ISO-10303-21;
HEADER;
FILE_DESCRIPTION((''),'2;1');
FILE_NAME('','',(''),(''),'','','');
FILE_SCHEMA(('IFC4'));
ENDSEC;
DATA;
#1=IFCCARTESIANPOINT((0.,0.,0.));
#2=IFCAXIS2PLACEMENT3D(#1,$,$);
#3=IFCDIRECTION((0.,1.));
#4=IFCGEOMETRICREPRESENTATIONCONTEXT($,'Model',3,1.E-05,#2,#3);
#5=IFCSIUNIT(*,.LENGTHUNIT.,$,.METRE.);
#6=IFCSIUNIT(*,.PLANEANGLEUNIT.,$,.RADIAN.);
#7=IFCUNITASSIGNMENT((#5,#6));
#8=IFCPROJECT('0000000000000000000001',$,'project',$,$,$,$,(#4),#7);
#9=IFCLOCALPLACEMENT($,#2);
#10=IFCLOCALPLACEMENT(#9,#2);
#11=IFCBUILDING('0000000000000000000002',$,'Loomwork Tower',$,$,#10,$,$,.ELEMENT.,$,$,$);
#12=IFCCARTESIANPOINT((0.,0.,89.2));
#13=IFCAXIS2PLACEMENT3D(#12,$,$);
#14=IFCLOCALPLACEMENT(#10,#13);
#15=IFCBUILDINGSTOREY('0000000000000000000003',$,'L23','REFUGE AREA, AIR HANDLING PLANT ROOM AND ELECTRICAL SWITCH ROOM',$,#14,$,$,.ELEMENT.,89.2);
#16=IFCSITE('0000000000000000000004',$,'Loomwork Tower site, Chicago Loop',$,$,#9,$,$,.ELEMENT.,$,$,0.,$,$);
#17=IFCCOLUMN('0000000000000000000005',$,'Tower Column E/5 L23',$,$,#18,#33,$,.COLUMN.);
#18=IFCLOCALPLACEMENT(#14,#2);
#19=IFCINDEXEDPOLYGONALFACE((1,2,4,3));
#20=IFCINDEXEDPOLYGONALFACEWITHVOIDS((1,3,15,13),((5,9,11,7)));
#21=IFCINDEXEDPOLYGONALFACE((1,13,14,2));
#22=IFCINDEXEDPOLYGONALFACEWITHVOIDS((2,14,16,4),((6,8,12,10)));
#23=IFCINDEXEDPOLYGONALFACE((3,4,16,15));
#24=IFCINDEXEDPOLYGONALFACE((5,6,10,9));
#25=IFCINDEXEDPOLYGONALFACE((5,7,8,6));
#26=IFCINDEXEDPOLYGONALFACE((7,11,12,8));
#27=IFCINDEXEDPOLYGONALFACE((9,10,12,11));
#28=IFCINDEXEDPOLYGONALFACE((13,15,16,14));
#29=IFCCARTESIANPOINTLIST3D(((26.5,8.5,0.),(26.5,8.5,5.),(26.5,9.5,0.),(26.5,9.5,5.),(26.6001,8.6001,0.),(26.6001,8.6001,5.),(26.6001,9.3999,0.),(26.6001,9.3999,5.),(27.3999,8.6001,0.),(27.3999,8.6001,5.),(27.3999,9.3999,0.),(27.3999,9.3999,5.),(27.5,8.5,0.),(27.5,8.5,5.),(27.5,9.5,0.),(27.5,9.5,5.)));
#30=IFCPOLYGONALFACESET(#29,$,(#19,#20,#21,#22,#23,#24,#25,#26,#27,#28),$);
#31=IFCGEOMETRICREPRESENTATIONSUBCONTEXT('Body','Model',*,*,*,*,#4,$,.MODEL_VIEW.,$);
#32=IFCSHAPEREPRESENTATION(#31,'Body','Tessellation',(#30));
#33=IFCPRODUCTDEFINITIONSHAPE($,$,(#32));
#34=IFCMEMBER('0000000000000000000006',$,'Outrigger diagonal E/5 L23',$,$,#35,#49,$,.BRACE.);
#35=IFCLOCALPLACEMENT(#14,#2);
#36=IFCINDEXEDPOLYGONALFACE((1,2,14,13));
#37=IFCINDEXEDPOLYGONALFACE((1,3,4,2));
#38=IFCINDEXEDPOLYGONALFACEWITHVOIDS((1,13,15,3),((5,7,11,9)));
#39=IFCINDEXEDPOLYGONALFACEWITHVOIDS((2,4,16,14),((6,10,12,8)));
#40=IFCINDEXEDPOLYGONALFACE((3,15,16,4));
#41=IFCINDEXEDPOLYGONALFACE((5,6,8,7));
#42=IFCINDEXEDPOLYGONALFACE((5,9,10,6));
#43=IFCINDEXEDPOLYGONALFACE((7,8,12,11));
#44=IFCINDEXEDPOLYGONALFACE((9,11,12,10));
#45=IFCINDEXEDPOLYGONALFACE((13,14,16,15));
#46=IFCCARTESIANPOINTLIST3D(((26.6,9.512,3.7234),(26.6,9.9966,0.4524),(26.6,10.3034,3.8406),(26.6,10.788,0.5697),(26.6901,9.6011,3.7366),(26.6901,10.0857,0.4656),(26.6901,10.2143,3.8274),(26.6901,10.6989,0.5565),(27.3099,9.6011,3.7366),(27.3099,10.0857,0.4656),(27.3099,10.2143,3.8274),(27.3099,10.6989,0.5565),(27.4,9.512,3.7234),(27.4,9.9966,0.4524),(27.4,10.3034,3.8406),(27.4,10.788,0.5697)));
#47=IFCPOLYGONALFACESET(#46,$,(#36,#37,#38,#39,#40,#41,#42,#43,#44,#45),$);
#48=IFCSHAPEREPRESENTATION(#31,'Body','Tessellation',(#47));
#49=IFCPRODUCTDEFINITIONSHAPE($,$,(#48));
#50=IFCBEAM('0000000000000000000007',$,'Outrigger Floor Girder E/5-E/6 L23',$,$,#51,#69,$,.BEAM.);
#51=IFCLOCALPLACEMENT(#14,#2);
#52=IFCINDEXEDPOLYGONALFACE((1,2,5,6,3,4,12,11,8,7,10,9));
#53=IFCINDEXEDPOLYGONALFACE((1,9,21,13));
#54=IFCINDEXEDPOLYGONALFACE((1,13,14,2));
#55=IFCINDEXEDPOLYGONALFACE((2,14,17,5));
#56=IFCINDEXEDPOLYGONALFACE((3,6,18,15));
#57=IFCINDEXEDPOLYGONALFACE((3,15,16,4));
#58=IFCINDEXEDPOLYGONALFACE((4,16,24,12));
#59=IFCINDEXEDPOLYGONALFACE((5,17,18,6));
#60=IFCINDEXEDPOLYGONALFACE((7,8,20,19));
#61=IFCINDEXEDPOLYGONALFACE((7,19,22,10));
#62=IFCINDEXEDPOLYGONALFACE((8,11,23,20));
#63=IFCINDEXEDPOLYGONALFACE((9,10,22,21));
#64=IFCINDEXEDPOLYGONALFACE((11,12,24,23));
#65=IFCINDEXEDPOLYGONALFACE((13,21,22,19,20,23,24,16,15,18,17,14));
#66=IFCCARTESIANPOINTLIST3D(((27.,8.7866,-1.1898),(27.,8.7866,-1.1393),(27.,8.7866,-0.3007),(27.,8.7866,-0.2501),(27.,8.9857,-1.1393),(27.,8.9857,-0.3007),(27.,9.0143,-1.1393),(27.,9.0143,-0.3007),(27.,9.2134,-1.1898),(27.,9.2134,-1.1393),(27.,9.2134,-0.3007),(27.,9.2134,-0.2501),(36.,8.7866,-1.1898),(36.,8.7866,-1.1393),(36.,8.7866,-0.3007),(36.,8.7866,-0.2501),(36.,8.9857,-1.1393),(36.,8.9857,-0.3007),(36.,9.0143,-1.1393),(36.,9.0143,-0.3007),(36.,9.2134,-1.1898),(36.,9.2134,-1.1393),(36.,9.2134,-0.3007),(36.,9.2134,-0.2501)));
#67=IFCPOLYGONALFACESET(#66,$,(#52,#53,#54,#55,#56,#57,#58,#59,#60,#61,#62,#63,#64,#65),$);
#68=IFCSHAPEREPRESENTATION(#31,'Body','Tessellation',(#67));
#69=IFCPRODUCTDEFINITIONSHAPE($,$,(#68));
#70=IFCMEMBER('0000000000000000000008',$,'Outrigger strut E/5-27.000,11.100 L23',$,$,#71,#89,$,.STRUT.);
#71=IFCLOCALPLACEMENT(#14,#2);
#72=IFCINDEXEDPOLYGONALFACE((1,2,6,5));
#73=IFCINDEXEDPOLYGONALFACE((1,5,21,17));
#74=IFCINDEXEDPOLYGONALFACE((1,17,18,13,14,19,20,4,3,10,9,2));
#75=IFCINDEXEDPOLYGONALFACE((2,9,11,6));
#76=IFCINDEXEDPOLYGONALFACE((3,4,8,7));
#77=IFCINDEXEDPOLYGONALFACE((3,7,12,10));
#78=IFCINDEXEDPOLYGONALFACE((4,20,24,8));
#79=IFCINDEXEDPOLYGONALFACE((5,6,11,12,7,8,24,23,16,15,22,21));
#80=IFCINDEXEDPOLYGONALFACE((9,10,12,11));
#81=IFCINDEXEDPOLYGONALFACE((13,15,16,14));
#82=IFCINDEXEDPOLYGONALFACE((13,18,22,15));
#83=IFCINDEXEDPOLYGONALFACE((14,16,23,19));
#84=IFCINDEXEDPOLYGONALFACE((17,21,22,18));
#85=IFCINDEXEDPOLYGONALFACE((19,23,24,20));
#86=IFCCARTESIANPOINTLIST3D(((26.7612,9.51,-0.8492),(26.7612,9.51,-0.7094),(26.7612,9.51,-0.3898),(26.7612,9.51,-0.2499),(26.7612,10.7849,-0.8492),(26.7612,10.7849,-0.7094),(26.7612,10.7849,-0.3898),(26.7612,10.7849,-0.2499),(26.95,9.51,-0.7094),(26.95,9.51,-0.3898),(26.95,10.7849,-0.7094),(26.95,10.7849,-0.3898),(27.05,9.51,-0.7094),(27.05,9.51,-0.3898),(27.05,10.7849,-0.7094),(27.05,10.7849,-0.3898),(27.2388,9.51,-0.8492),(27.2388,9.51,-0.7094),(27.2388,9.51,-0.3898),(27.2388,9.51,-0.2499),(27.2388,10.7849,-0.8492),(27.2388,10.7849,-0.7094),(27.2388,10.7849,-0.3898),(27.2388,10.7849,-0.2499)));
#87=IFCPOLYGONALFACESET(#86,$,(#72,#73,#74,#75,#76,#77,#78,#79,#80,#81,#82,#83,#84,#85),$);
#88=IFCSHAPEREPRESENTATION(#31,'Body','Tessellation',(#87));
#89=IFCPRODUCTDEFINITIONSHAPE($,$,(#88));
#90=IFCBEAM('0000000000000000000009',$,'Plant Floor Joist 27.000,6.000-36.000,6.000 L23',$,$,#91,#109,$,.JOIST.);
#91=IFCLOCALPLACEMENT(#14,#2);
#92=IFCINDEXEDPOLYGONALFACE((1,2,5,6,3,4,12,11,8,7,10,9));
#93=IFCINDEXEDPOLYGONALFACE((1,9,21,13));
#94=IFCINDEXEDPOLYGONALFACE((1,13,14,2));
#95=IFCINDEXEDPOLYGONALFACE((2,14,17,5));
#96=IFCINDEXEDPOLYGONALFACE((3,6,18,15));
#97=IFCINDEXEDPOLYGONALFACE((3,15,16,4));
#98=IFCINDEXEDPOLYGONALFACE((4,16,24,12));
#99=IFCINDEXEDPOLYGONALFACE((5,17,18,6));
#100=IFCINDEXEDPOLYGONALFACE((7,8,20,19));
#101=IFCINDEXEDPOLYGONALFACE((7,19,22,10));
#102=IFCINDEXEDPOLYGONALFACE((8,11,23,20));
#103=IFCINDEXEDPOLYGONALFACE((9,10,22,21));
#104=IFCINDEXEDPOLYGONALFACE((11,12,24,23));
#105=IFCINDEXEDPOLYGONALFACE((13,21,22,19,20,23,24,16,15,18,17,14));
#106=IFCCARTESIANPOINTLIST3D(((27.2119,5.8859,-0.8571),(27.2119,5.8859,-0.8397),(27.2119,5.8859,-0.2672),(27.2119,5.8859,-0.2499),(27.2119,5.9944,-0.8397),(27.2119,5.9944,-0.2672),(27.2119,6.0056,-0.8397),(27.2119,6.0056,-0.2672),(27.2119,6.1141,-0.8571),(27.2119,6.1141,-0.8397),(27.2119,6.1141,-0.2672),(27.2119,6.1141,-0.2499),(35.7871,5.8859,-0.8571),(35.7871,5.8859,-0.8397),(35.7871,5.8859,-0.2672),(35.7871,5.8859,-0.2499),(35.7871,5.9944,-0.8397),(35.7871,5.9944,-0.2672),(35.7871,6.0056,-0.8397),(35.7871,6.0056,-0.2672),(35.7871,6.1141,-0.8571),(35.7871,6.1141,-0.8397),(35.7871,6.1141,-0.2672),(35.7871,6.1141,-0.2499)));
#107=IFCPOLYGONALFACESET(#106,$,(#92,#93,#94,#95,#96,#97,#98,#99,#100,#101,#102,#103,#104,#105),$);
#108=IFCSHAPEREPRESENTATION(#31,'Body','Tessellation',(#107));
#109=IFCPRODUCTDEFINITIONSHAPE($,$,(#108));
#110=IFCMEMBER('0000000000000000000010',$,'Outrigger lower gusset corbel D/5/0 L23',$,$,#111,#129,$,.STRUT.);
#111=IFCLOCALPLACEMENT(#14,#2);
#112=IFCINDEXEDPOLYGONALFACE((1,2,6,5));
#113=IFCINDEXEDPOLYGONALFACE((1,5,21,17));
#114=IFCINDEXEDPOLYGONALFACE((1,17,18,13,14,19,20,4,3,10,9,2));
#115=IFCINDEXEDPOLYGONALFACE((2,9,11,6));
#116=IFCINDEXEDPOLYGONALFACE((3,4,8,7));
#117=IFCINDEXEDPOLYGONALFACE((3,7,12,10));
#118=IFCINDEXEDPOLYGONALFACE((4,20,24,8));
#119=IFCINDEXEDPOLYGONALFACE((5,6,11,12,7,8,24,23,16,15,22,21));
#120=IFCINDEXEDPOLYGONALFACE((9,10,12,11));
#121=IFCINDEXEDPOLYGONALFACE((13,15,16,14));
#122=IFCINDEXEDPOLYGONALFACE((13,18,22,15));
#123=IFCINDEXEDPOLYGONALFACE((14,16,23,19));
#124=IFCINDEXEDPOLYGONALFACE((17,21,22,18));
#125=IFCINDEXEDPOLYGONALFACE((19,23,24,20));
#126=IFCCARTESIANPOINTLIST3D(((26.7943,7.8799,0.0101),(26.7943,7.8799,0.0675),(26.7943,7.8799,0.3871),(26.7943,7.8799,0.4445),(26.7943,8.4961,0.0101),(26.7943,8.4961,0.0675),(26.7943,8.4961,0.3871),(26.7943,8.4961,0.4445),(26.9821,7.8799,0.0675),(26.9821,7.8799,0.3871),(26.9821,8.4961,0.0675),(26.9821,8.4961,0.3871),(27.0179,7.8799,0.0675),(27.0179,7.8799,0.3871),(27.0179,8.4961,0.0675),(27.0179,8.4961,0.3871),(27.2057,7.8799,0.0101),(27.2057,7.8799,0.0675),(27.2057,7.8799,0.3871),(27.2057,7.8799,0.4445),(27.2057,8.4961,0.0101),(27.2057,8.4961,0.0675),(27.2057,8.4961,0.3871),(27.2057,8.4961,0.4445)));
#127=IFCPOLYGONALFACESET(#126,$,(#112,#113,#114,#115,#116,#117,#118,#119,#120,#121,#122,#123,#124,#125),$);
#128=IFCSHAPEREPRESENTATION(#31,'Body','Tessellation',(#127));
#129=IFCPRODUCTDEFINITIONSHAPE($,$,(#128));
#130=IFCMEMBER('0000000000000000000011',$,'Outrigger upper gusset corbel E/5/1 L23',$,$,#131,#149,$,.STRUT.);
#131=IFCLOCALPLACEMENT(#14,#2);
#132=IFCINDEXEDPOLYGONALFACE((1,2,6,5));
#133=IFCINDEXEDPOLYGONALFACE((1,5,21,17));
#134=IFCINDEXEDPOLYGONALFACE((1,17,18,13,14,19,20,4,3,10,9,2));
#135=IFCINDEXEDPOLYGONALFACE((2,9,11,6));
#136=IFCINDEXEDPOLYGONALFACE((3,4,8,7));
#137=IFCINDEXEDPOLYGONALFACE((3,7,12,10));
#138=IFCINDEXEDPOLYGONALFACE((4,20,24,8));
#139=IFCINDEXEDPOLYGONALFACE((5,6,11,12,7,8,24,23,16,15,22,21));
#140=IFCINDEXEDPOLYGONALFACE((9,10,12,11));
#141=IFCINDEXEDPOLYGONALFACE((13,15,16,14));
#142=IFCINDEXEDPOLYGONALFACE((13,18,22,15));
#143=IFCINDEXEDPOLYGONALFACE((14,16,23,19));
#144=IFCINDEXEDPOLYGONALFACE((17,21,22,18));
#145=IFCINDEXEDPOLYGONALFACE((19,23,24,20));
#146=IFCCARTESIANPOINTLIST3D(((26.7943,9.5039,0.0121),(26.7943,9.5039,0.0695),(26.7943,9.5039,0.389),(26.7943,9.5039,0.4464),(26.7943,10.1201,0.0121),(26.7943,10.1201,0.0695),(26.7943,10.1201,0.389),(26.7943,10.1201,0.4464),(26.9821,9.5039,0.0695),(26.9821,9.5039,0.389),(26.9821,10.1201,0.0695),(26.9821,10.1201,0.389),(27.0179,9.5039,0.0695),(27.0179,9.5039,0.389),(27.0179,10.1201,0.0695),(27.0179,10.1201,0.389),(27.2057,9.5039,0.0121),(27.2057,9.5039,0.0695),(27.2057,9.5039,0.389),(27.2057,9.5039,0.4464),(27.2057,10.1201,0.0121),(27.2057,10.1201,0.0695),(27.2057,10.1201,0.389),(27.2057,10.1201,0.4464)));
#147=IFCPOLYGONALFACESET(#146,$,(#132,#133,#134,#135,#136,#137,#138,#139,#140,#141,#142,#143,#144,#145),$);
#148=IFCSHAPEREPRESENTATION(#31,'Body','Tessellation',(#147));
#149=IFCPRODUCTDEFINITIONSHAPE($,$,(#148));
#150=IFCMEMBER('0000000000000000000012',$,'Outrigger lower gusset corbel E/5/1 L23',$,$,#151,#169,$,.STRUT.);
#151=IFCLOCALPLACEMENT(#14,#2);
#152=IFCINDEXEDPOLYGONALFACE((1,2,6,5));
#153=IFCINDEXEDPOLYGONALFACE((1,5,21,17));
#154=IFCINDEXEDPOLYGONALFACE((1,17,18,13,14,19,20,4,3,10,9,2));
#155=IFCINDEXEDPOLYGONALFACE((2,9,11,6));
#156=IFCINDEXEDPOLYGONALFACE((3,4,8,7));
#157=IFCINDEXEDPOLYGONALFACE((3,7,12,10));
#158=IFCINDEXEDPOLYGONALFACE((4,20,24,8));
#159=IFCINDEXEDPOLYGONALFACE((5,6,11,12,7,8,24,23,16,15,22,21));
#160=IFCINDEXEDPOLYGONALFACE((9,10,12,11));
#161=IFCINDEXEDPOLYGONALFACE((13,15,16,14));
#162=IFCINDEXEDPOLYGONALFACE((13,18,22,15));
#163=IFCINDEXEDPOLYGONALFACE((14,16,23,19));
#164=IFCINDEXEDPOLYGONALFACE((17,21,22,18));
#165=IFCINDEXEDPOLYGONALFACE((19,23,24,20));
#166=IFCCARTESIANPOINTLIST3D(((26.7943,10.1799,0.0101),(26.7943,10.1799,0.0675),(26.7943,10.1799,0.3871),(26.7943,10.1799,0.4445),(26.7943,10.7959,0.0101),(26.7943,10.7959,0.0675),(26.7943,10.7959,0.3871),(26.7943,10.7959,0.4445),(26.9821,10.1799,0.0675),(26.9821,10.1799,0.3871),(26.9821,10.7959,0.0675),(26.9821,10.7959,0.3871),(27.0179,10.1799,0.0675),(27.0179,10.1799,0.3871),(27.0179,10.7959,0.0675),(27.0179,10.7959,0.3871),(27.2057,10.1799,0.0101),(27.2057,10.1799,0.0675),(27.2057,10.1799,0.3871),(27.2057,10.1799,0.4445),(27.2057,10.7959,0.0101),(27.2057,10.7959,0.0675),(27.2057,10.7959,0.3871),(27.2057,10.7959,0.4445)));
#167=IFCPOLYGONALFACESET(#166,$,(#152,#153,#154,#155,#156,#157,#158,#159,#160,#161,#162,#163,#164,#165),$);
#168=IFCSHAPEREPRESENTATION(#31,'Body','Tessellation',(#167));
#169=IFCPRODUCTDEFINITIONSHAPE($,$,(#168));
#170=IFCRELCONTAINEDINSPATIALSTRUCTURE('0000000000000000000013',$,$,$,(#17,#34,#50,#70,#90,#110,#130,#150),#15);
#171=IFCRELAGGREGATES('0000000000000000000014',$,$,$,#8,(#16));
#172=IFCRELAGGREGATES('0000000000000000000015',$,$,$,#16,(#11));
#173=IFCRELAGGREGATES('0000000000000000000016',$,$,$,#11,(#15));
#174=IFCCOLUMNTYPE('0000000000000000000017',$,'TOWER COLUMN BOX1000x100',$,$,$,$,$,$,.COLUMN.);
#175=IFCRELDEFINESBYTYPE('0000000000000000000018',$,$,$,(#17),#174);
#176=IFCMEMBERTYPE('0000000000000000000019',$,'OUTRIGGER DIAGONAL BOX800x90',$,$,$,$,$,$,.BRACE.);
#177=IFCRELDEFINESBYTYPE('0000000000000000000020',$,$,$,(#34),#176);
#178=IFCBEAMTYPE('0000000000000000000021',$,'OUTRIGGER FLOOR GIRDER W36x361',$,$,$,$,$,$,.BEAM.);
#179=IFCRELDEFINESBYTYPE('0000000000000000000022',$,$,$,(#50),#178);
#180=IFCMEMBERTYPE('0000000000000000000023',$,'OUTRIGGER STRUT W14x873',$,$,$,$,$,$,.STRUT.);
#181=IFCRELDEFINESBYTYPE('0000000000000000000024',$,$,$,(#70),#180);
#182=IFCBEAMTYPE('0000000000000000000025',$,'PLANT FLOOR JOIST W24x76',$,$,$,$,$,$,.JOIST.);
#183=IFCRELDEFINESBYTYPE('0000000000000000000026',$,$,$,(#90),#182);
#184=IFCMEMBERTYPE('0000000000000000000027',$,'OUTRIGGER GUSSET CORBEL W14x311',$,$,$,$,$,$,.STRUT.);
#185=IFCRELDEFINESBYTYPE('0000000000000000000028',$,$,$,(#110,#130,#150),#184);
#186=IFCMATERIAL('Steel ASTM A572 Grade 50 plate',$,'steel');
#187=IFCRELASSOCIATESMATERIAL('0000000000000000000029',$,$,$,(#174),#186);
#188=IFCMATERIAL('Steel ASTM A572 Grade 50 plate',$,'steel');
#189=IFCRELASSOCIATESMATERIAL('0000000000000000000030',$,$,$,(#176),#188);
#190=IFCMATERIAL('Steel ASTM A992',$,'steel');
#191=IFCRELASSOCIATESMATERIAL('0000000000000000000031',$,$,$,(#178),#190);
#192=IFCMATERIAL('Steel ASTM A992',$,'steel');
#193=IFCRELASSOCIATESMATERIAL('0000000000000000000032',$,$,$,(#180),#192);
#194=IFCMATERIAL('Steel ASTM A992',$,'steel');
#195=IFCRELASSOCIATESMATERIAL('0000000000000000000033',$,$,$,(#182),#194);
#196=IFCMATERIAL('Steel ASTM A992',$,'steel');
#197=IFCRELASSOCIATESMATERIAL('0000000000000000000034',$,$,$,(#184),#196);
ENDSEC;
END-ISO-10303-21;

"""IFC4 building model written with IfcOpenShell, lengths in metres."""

from ifc_helpers import new_model, si_unit, direction, frame, origin, origin_2d, place, context, subcontext, project, spatial, hollow_rectangle, i_section, extrude, material, material_profile, profile_set, type_object, element, save


model = new_model("IFC4")

# Units and contexts
model_context = context("Model", 3, precision=1e-05, world=origin(), true_north=direction((0.0, 1.0)))
body_context = subcontext(model_context, "Body", "Model", "MODEL_VIEW")
ifc_project = project(units=[si_unit("LENGTHUNIT", "METRE"), si_unit("PLANEANGLEUNIT", "RADIAN")], contexts=[model_context])

# Site, building, storey
site_placement = place(None, origin())
site = spatial("IfcSite", under=ifc_project, at=site_placement, Name="Loomwork Tower site, Chicago Loop", CompositionType="ELEMENT", RefElevation=0.0)
building_placement = place(site_placement, origin())
building = spatial("IfcBuilding", under=site, at=building_placement, Name="Loomwork Tower", CompositionType="ELEMENT")
storey_placement = place(building_placement, frame((0.0, 0.0, 89.2)))
storey = spatial("IfcBuildingStorey", under=building, at=storey_placement, Name="L23", Description="REFUGE AREA, AIR HANDLING PLANT ROOM AND ELECTRICAL SWITCH ROOM", CompositionType="ELEMENT", Elevation=89.2)

# Column
ifc_material_1 = material(Name="Steel ASTM A572 Grade 50 plate", Category="steel")
ifc_material_profile_1 = material_profile(ifc_material_1, hollow_rectangle(XDim=1.0, YDim=1.0, WallThickness=0.1001, at=origin_2d()), Name="BOX1000x100")
ifc_profile_set_1 = profile_set([ifc_material_profile_1], Name="Steel ASTM A572 Grade 50 plate")
column_type = type_object("IfcColumnType", Name="TOWER COLUMN BOX1000x100", PredefinedType="COLUMN", material=ifc_profile_set_1)
column_placement = place(storey_placement, frame((27.0, 9.0, 0.0), z_axis=(0.0, 0.0, 1.0), x_axis=(1.0, 0.0, 0.0)))
element("IfcColumn", 1, at=column_placement, inside=storey, type_object=column_type, Name="Tower Column E/5 L23", PredefinedType="COLUMN", context=body_context, shape_type="SweptSolid", body=[
    extrude(hollow_rectangle(XDim=1.0, YDim=1.0, WallThickness=0.1001, at=origin_2d()), origin(), (0.0, 0.0, 1.0), 5.0),
])

# Member
ifc_material_2 = material(Name="Steel ASTM A572 Grade 50 plate", Category="steel")
ifc_material_profile_2 = material_profile(ifc_material_2, hollow_rectangle(XDim=0.8, YDim=0.8, WallThickness=0.0901, at=origin_2d()), Name="BOX800x90")
ifc_profile_set_2 = profile_set([ifc_material_profile_2], Name="Steel ASTM A572 Grade 50 plate")
member_type_1 = type_object("IfcMemberType", Name="OUTRIGGER DIAGONAL BOX800x90", PredefinedType="BRACE", material=ifc_profile_set_2)
member_1_placement = place(storey_placement, frame((27.0, 9.9077, 3.782), z_axis=(0.0, 0.146557, -0.989202), x_axis=(-1.0, 0.0, 0.0)))
element("IfcMember", 2, at=member_1_placement, inside=storey, type_object=member_type_1, Name="Outrigger diagonal E/5 L23", PredefinedType="BRACE", context=body_context, shape_type="SweptSolid", body=[
    extrude(hollow_rectangle(XDim=0.8, YDim=0.8, WallThickness=0.0901, at=origin_2d()), origin(), (0.0, 0.0, 1.0), 3.3066),
])

# Beam
ifc_material_3 = material(Name="Steel ASTM A992", Category="steel")
ifc_material_profile_3 = material_profile(ifc_material_3, i_section(OverallWidth=0.4268, OverallDepth=0.9397, WebThickness=0.0286, FlangeThickness=0.0505, at=origin_2d()), Name="W36x361")
ifc_profile_set_3 = profile_set([ifc_material_profile_3], Name="Steel ASTM A992")
beam_type_1 = type_object("IfcBeamType", Name="OUTRIGGER FLOOR GIRDER W36x361", PredefinedType="BEAM", material=ifc_profile_set_3)
beam_1_placement = place(storey_placement, frame((27.0, 9.0, -0.72), z_axis=(1.0, 0.0, 0.0), x_axis=(0.0, 1.0, 0.0)))
element("IfcBeam", 3, at=beam_1_placement, inside=storey, type_object=beam_type_1, Name="Outrigger Floor Girder E/5-E/6 L23", PredefinedType="BEAM", context=body_context, shape_type="SweptSolid", body=[
    extrude(i_section(OverallWidth=0.4268, OverallDepth=0.9397, WebThickness=0.0286, FlangeThickness=0.0505, at=origin_2d()), origin(), (0.0, 0.0, 1.0), 9.0),
])

# Member
ifc_material_4 = material(Name="Steel ASTM A992", Category="steel")
ifc_material_profile_4 = material_profile(ifc_material_4, i_section(OverallWidth=0.4775, OverallDepth=0.5994, WebThickness=0.1001, FlangeThickness=0.1399, at=origin_2d()), Name="W14x873")
ifc_profile_set_4 = profile_set([ifc_material_profile_4], Name="Steel ASTM A992")
member_type_2 = type_object("IfcMemberType", Name="OUTRIGGER STRUT W14x873", PredefinedType="STRUT", material=ifc_profile_set_4)
member_2_placement = place(storey_placement, frame((27.0, 9.51, -0.5496), z_axis=(0.0, 1.0, 0.0), x_axis=(-1.0, 0.0, 0.0)))
element("IfcMember", 4, at=member_2_placement, inside=storey, type_object=member_type_2, Name="Outrigger strut E/5-27.000,11.100 L23", PredefinedType="STRUT", context=body_context, shape_type="SweptSolid", body=[
    extrude(i_section(OverallWidth=0.4775, OverallDepth=0.5994, WebThickness=0.1001, FlangeThickness=0.1399, at=origin_2d()), origin(), (0.0, 0.0, 1.0), 1.2749),
])

# Beam
ifc_material_5 = material(Name="Steel ASTM A992", Category="steel")
ifc_material_profile_5 = material_profile(ifc_material_5, i_section(OverallWidth=0.2283, OverallDepth=0.6072, WebThickness=0.0112, FlangeThickness=0.0173, at=origin_2d()), Name="W24x76")
ifc_profile_set_5 = profile_set([ifc_material_profile_5], Name="Steel ASTM A992")
beam_type_2 = type_object("IfcBeamType", Name="PLANT FLOOR JOIST W24x76", PredefinedType="JOIST", material=ifc_profile_set_5)
beam_2_placement = place(storey_placement, frame((27.2119, 6.0, -0.5535), z_axis=(1.0, 0.0, 0.0), x_axis=(0.0, 1.0, 0.0)))
element("IfcBeam", 5, at=beam_2_placement, inside=storey, type_object=beam_type_2, Name="Plant Floor Joist 27.000,6.000-36.000,6.000 L23", PredefinedType="JOIST", context=body_context, shape_type="SweptSolid", body=[
    extrude(i_section(OverallWidth=0.2283, OverallDepth=0.6072, WebThickness=0.0112, FlangeThickness=0.0173, at=origin_2d()), origin(), (0.0, 0.0, 1.0), 8.5752),
])

# Members
ifc_material_6 = material(Name="Steel ASTM A992", Category="steel")
ifc_material_profile_6 = material_profile(ifc_material_6, i_section(OverallWidth=0.4114, OverallDepth=0.4343, WebThickness=0.0359, FlangeThickness=0.0574, at=origin_2d()), Name="W14x311")
ifc_profile_set_6 = profile_set([ifc_material_profile_6], Name="Steel ASTM A992")
member_type_3 = type_object("IfcMemberType", Name="OUTRIGGER GUSSET CORBEL W14x311", PredefinedType="STRUT", material=ifc_profile_set_6)
for number, where, z_axis, x_axis, name in (
    (6, (27.0, 8.4961, 0.2273), (0.0, -1.0, 0.0), (1.0, 0.0, 0.0), "Outrigger lower gusset corbel D/5/0 L23"),
    (7, (27.0, 9.5039, 0.2292), (0.0, 1.0, 0.0), (-1.0, 0.0, 0.0), "Outrigger upper gusset corbel E/5/1 L23"),
):
    element("IfcMember", number, at=place(storey_placement, frame(where, z_axis=z_axis, x_axis=x_axis)), inside=storey, type_object=member_type_3, Name=name, PredefinedType="STRUT", context=body_context, shape_type="SweptSolid", body=[
        extrude(i_section(OverallWidth=0.4114, OverallDepth=0.4343, WebThickness=0.0359, FlangeThickness=0.0574, at=origin_2d()), origin(), (0.0, 0.0, 1.0), 0.6162),
    ])
member_3_placement = place(storey_placement, frame((27.0, 10.7959, 0.2273), z_axis=(0.0, -1.0, 0.0), x_axis=(1.0, 0.0, 0.0)))
element("IfcMember", 8, at=member_3_placement, inside=storey, type_object=member_type_3, Name="Outrigger lower gusset corbel E/5/1 L23", PredefinedType="STRUT", context=body_context, shape_type="SweptSolid", body=[
    extrude(i_section(OverallWidth=0.4114, OverallDepth=0.4343, WebThickness=0.0359, FlangeThickness=0.0574, at=origin_2d()), origin(), (0.0, 0.0, 1.0), 0.616),
])

save(model, "model.ifc")
